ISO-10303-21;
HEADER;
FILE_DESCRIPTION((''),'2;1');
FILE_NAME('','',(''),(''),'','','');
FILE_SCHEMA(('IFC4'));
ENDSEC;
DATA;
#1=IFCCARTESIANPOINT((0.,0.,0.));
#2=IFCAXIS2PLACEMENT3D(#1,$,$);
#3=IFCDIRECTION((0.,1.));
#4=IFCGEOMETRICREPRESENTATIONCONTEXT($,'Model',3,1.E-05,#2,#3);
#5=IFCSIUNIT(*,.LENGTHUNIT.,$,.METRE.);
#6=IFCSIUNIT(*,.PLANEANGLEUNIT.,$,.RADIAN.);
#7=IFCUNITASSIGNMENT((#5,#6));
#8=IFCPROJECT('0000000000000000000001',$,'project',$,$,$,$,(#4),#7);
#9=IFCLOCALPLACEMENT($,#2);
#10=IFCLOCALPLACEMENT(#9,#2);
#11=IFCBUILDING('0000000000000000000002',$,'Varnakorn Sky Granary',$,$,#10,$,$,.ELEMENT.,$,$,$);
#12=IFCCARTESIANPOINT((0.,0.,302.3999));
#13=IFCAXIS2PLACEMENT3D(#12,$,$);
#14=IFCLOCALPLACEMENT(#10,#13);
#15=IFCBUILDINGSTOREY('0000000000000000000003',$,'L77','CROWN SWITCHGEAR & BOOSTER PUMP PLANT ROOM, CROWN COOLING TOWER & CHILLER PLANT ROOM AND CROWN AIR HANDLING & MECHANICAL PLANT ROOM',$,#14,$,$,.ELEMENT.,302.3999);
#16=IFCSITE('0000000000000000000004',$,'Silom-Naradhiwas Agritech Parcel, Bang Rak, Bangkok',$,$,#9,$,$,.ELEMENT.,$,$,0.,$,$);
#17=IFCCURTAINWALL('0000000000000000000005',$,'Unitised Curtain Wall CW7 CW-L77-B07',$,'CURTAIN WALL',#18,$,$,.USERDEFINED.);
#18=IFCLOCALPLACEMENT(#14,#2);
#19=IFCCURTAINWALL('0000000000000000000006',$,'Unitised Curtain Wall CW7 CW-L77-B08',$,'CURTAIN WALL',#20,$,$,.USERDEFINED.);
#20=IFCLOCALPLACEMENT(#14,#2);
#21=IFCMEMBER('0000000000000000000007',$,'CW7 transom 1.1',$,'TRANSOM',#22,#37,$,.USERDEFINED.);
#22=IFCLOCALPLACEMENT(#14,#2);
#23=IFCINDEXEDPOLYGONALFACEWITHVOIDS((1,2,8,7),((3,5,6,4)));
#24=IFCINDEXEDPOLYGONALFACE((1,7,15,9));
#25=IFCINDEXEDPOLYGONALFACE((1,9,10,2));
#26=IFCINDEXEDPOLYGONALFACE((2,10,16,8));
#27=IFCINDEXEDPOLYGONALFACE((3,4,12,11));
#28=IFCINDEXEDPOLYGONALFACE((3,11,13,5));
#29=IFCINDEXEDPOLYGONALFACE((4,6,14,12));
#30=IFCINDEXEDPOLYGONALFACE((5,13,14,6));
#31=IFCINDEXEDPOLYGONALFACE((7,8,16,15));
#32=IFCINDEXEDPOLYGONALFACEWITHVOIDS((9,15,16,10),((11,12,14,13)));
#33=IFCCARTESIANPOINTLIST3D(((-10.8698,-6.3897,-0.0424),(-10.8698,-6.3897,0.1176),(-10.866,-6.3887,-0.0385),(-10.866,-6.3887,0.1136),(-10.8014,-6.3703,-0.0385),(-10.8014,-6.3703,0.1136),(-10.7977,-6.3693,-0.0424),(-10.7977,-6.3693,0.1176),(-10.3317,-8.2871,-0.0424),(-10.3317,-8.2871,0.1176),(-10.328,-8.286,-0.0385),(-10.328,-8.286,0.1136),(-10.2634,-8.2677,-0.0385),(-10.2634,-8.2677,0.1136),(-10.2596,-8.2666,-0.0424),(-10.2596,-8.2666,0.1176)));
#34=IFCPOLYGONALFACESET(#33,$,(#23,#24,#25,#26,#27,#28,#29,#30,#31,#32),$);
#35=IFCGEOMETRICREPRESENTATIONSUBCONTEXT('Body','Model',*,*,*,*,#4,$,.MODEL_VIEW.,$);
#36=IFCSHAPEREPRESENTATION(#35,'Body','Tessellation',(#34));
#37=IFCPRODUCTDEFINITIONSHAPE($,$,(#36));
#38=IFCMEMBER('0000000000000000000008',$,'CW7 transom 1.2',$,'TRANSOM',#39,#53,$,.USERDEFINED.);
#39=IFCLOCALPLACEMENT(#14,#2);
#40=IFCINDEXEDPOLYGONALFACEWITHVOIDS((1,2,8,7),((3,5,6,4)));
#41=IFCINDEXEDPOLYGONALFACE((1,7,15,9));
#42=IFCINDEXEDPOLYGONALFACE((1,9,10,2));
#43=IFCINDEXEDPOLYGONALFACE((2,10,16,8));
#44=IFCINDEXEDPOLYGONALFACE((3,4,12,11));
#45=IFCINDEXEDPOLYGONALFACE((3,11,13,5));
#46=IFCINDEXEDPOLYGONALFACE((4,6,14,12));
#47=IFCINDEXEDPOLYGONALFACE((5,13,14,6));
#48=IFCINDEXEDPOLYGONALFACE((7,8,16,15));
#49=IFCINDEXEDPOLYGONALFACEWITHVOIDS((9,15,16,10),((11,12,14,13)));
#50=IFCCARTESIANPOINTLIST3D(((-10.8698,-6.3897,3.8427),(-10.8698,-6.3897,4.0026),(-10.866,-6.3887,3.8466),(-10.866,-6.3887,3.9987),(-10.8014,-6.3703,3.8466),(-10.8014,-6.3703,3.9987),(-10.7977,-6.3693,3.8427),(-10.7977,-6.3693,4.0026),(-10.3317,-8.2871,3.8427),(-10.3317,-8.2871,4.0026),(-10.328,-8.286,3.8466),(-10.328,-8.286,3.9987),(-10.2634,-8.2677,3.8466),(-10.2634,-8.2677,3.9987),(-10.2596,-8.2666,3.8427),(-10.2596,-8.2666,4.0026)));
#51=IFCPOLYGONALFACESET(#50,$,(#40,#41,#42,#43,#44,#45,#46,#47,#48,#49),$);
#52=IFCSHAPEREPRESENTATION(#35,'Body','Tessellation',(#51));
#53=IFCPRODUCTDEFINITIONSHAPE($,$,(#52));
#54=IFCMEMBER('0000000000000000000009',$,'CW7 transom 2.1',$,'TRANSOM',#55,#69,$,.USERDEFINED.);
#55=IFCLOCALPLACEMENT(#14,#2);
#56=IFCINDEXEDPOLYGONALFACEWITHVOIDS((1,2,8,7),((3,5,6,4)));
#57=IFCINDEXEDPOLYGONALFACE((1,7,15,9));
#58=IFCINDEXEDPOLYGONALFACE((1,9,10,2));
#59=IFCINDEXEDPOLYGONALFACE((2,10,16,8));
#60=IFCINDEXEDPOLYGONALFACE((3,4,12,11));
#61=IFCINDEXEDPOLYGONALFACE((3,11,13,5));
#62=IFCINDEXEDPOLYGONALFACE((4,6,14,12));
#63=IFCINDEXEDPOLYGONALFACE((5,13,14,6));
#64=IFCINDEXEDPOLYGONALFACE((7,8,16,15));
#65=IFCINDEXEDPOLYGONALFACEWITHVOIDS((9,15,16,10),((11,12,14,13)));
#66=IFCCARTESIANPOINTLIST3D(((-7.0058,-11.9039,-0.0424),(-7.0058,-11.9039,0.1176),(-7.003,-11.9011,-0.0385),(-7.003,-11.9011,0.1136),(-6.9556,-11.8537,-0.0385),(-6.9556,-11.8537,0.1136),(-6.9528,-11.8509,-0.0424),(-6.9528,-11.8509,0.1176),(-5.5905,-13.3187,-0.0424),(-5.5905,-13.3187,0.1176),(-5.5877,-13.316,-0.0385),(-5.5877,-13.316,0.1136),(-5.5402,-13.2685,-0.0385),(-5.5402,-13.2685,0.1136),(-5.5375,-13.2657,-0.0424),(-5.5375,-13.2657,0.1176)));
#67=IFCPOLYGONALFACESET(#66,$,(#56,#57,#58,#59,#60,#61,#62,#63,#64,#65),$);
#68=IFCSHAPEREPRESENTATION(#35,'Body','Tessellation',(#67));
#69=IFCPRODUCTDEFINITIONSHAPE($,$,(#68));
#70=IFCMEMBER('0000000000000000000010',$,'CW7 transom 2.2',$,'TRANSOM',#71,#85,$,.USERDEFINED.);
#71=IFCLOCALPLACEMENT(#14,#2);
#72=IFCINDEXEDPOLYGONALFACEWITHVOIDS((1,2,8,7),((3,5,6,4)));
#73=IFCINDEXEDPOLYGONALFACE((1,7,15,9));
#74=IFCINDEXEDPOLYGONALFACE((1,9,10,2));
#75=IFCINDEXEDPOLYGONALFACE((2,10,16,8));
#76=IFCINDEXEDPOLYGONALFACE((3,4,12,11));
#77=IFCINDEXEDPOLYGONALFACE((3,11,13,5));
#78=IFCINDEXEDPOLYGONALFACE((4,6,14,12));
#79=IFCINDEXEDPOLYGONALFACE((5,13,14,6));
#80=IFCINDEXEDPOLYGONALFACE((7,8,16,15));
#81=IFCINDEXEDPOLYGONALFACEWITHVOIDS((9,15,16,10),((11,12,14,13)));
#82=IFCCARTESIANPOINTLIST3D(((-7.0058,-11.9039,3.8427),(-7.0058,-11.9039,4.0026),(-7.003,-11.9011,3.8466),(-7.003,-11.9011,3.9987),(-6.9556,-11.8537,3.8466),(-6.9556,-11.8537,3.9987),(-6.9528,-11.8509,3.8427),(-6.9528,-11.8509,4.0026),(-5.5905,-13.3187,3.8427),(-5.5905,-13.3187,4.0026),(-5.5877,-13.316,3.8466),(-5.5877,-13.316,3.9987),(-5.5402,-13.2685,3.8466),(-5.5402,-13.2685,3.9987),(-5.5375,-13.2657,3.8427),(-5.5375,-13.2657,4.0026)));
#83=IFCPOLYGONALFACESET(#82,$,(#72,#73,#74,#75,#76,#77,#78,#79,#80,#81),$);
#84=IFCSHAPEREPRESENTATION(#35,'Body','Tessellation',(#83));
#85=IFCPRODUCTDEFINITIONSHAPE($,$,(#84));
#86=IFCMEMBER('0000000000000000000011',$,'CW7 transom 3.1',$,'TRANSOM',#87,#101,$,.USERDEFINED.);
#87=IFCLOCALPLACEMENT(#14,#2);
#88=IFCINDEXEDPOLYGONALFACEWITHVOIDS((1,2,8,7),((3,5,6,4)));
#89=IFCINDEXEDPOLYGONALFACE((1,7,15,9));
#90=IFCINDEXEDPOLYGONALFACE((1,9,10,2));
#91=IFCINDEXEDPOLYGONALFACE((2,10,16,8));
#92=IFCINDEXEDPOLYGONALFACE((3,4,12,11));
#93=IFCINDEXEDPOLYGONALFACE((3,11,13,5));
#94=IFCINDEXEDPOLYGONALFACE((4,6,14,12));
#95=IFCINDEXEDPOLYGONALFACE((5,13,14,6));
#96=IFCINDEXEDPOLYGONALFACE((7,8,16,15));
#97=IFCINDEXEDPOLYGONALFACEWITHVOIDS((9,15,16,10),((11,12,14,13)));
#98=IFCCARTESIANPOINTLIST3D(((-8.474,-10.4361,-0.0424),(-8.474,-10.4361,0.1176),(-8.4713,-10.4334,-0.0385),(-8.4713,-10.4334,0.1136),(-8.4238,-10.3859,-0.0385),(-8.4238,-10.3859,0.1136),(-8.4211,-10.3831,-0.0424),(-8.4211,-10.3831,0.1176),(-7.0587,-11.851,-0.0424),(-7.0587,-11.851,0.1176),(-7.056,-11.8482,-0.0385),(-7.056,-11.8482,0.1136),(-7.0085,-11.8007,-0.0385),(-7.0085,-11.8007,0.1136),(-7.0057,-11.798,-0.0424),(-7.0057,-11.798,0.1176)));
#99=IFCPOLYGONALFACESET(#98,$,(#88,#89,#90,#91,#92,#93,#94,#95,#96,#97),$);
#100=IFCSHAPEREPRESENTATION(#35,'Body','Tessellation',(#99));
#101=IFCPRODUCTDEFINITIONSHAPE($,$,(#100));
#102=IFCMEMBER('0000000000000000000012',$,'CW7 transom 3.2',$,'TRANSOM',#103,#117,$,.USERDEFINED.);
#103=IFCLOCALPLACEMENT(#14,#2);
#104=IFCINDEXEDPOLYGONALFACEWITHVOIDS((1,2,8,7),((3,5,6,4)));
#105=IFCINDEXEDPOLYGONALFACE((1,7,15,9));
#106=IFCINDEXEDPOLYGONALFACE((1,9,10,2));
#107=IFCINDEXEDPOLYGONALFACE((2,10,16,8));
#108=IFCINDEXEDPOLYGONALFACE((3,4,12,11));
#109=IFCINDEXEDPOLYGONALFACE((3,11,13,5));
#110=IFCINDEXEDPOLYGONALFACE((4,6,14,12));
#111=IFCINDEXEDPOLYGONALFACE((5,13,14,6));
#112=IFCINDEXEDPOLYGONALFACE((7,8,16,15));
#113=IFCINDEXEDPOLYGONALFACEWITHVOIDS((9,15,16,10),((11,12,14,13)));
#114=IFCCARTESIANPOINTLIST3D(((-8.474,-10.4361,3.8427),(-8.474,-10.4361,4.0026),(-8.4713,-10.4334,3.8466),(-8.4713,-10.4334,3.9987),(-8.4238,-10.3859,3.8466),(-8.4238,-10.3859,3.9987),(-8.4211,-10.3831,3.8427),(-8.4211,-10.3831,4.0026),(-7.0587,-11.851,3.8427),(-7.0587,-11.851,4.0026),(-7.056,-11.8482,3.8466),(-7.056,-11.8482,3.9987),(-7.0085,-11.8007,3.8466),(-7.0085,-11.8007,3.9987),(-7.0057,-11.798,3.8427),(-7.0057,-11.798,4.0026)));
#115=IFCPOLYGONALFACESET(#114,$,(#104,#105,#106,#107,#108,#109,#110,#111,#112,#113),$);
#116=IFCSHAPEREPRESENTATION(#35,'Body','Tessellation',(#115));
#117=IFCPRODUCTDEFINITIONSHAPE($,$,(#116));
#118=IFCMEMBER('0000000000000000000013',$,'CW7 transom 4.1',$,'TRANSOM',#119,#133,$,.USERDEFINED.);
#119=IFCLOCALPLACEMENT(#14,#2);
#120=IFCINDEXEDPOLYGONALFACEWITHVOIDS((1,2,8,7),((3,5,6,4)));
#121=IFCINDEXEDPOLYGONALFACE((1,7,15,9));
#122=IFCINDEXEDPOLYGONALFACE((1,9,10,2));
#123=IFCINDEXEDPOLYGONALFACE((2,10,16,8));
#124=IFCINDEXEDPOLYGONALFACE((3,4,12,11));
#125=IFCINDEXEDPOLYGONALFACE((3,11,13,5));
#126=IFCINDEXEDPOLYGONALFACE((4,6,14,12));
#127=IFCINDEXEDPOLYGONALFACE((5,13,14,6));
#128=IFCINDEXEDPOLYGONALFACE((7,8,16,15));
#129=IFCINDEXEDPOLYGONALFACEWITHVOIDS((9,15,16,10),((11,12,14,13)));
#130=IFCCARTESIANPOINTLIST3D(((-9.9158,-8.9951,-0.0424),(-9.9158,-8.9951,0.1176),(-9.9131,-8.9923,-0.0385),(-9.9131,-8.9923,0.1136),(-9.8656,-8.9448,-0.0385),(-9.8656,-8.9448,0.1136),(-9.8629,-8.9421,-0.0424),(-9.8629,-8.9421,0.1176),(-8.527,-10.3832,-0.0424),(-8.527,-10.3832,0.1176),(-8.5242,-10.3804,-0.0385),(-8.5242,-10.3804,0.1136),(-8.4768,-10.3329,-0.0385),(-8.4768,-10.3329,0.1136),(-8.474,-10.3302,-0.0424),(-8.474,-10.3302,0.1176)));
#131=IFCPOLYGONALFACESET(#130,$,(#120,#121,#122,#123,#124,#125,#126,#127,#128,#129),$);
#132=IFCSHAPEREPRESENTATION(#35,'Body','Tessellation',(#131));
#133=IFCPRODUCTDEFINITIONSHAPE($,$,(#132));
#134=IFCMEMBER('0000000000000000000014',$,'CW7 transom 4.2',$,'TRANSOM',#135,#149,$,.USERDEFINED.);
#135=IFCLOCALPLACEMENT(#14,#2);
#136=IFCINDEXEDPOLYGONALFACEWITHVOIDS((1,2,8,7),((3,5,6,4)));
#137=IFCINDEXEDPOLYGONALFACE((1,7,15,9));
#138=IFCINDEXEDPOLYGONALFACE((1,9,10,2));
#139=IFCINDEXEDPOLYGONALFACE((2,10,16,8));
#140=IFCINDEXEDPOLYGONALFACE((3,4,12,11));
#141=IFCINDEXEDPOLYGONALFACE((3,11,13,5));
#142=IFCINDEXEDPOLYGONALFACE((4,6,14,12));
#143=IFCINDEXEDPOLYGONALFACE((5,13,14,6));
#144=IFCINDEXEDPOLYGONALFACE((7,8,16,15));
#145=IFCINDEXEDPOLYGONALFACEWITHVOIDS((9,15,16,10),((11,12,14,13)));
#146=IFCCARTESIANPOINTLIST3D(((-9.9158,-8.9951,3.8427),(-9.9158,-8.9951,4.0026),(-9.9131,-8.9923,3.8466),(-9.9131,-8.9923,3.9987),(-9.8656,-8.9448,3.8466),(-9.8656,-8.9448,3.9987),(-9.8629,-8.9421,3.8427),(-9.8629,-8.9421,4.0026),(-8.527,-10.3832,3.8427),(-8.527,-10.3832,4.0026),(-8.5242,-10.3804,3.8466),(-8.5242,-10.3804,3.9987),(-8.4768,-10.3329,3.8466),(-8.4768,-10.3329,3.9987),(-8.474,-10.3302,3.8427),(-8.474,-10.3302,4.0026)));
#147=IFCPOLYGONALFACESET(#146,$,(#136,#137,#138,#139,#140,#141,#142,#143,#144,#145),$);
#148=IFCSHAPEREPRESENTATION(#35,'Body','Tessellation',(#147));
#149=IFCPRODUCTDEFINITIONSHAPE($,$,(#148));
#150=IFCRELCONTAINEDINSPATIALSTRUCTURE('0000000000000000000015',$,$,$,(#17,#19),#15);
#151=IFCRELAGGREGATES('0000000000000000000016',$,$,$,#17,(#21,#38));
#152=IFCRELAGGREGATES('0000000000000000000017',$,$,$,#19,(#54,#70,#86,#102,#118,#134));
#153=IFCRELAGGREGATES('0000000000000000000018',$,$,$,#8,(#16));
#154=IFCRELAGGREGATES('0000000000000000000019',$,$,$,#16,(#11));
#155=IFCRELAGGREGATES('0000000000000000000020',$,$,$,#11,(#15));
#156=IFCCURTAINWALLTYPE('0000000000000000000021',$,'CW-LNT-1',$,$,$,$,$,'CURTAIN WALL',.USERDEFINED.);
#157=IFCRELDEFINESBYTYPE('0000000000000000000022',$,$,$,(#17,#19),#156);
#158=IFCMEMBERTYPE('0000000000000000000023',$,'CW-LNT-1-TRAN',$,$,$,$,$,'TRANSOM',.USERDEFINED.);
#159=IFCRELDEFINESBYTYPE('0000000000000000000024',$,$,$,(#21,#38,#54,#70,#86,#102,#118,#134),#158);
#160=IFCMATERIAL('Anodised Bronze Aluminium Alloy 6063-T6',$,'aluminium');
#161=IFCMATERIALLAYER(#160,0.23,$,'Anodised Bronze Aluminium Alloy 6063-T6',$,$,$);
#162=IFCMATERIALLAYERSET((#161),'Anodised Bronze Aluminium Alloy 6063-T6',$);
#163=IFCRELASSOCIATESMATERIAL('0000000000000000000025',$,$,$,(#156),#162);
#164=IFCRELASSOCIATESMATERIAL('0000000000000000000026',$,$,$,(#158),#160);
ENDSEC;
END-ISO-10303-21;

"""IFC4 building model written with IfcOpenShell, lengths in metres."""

from ifc_helpers import new_model, si_unit, direction, frame, origin, origin_2d, place, context, subcontext, project, spatial, hollow_rectangle, extrude, material, layer, layer_set, material_profile, profile_set, type_object, element, aggregate, save


model = new_model("IFC4")

# Units and contexts
model_context = context("Model", 3, precision=1e-05, world=origin(), true_north=direction((0.0, 1.0)))
body_context = subcontext(model_context, "Body", "Model", "MODEL_VIEW")
ifc_project = project(units=[si_unit("LENGTHUNIT", "METRE"), si_unit("PLANEANGLEUNIT", "RADIAN")], contexts=[model_context])

# Site, building, storey
site_placement = place(None, origin())
site = spatial("IfcSite", under=ifc_project, at=site_placement, Name="Silom-Naradhiwas Agritech Parcel, Bang Rak, Bangkok", CompositionType="ELEMENT", RefElevation=0.0)
building_placement = place(site_placement, origin())
building = spatial("IfcBuilding", under=site, at=building_placement, Name="Varnakorn Sky Granary", CompositionType="ELEMENT")
storey_placement = place(building_placement, frame((0.0, 0.0, 302.3999)))
storey = spatial("IfcBuildingStorey", under=building, at=storey_placement, Name="L77", Description="CROWN SWITCHGEAR & BOOSTER PUMP PLANT ROOM, CROWN COOLING TOWER & CHILLER PLANT ROOM AND CROWN AIR HANDLING & MECHANICAL PLANT ROOM", CompositionType="ELEMENT", Elevation=302.3999)

# Curtain wall
ifc_material_1 = material(Name="Anodised Bronze Aluminium Alloy 6063-T6", Category="aluminium")
ifc_layer_1 = layer(ifc_material_1, 0.23, Name="Anodised Bronze Aluminium Alloy 6063-T6")
ifc_layer_set_1 = layer_set([ifc_layer_1], Name="Anodised Bronze Aluminium Alloy 6063-T6")
curtain_wall_type = type_object("IfcCurtainWallType", Name="CW-LNT-1", ElementType="CURTAIN WALL", PredefinedType="USERDEFINED", material=ifc_layer_set_1)
curtain_wall_1_placement = place(storey_placement, origin())
curtain_wall_1 = element("IfcCurtainWall", 1, at=curtain_wall_1_placement, inside=storey, type_object=curtain_wall_type, Name="Unitised Curtain Wall CW7 CW-L77-B07", ObjectType="CURTAIN WALL", PredefinedType="USERDEFINED")

# Curtain wall
curtain_wall_2_placement = place(storey_placement, origin())
curtain_wall_2 = element("IfcCurtainWall", 2, at=curtain_wall_2_placement, inside=storey, type_object=curtain_wall_type, Name="Unitised Curtain Wall CW7 CW-L77-B08", ObjectType="CURTAIN WALL", PredefinedType="USERDEFINED")

# Members
ifc_material_profile_1 = material_profile(ifc_material_1, hollow_rectangle(XDim=0.075, YDim=0.1599, WallThickness=0.0039, at=origin_2d()), Name="ALU TRAN 75x160")
ifc_profile_set_1 = profile_set([ifc_material_profile_1], Name="Anodised Bronze Aluminium Alloy 6063-T6")
member_type_1 = type_object("IfcMemberType", Name="CW-LNT-1-TRAN", ElementType="TRANSOM", PredefinedType="USERDEFINED", material=ifc_profile_set_1)
member_1_placement = place(storey_placement, frame((-10.2957, -8.2769, 0.0376), z_axis=(-0.272824, 0.962064, 0.0), x_axis=(-0.962064, -0.272824, 0.0)))
member_1 = element("IfcMember", 3, at=member_1_placement, type_object=member_type_1, Name="CW7 transom 1.1", ObjectType="TRANSOM", PredefinedType="USERDEFINED", context=body_context, shape_type="SweptSolid", body=[
    extrude(hollow_rectangle(XDim=0.075, YDim=0.1599, WallThickness=0.0039, at=origin_2d()), origin(), (0.0, 0.0, 1.0), 1.9722),
])
member_2_placement = place(storey_placement, frame((-10.2957, -8.2769, 3.9226), z_axis=(-0.272824, 0.962064, 0.0), x_axis=(-0.962064, -0.272824, 0.0)))
member_2 = element("IfcMember", 4, at=member_2_placement, type_object=member_type_1, Name="CW7 transom 1.2", ObjectType="TRANSOM", PredefinedType="USERDEFINED", context=body_context, shape_type="SweptSolid", body=[
    extrude(hollow_rectangle(XDim=0.075, YDim=0.1599, WallThickness=0.0039, at=origin_2d()), origin(), (0.0, 0.0, 1.0), 1.9722),
])
aggregate(curtain_wall_1, [member_1, member_2])
member_3_placement = place(storey_placement, frame((-5.564, -13.2922, 0.0376), z_axis=(-0.707229, 0.706985, 0.0), x_axis=(-0.706985, -0.707229, 0.0)))
member_3 = element("IfcMember", 5, at=member_3_placement, type_object=member_type_1, Name="CW7 transom 2.1", ObjectType="TRANSOM", PredefinedType="USERDEFINED", context=body_context, shape_type="SweptSolid", body=[
    extrude(hollow_rectangle(XDim=0.075, YDim=0.1599, WallThickness=0.0039, at=origin_2d()), origin(), (0.0, 0.0, 1.0), 2.0012),
])
member_4_placement = place(storey_placement, frame((-5.564, -13.2922, 3.9226), z_axis=(-0.707229, 0.706985, 0.0), x_axis=(-0.706985, -0.707229, 0.0)))
member_4 = element("IfcMember", 6, at=member_4_placement, type_object=member_type_1, Name="CW7 transom 2.2", ObjectType="TRANSOM", PredefinedType="USERDEFINED", context=body_context, shape_type="SweptSolid", body=[
    extrude(hollow_rectangle(XDim=0.075, YDim=0.1599, WallThickness=0.0039, at=origin_2d()), origin(), (0.0, 0.0, 1.0), 2.0012),
])
member_5_placement = place(storey_placement, frame((-7.0322, -11.8245, 0.0376), z_axis=(-0.707229, 0.706985, 0.0), x_axis=(-0.706985, -0.707229, 0.0)))
member_5 = element("IfcMember", 7, at=member_5_placement, type_object=member_type_1, Name="CW7 transom 3.1", ObjectType="TRANSOM", PredefinedType="USERDEFINED", context=body_context, shape_type="SweptSolid", body=[
    extrude(hollow_rectangle(XDim=0.075, YDim=0.1599, WallThickness=0.0039, at=origin_2d()), origin(), (0.0, 0.0, 1.0), 2.0012),
])
member_6_placement = place(storey_placement, frame((-7.0322, -11.8245, 3.9226), z_axis=(-0.707229, 0.706985, 0.0), x_axis=(-0.706985, -0.707229, 0.0)))
member_6 = element("IfcMember", 8, at=member_6_placement, type_object=member_type_1, Name="CW7 transom 3.2", ObjectType="TRANSOM", PredefinedType="USERDEFINED", context=body_context, shape_type="SweptSolid", body=[
    extrude(hollow_rectangle(XDim=0.075, YDim=0.1599, WallThickness=0.0039, at=origin_2d()), origin(), (0.0, 0.0, 1.0), 2.0012),
])
member_7_placement = place(storey_placement, frame((-8.5005, -10.3567, 0.0376), z_axis=(-0.707293, 0.70692, 0.0), x_axis=(-0.70692, -0.707293, 0.0)))
member_7 = element("IfcMember", 9, at=member_7_placement, type_object=member_type_1, Name="CW7 transom 4.1", ObjectType="TRANSOM", PredefinedType="USERDEFINED", context=body_context, shape_type="SweptSolid", body=[
    extrude(hollow_rectangle(XDim=0.075, YDim=0.1599, WallThickness=0.0039, at=origin_2d()), origin(), (0.0, 0.0, 1.0), 1.9636),
])
member_8_placement = place(storey_placement, frame((-8.5005, -10.3567, 3.9226), z_axis=(-0.707293, 0.70692, 0.0), x_axis=(-0.70692, -0.707293, 0.0)))
member_8 = element("IfcMember", 10, at=member_8_placement, type_object=member_type_1, Name="CW7 transom 4.2", ObjectType="TRANSOM", PredefinedType="USERDEFINED", context=body_context, shape_type="SweptSolid", body=[
    extrude(hollow_rectangle(XDim=0.075, YDim=0.1599, WallThickness=0.0039, at=origin_2d()), origin(), (0.0, 0.0, 1.0), 1.9636),
])

aggregate(curtain_wall_2, [member_3, member_4, member_5, member_6, member_7, member_8])

save(model, "model.ifc")
